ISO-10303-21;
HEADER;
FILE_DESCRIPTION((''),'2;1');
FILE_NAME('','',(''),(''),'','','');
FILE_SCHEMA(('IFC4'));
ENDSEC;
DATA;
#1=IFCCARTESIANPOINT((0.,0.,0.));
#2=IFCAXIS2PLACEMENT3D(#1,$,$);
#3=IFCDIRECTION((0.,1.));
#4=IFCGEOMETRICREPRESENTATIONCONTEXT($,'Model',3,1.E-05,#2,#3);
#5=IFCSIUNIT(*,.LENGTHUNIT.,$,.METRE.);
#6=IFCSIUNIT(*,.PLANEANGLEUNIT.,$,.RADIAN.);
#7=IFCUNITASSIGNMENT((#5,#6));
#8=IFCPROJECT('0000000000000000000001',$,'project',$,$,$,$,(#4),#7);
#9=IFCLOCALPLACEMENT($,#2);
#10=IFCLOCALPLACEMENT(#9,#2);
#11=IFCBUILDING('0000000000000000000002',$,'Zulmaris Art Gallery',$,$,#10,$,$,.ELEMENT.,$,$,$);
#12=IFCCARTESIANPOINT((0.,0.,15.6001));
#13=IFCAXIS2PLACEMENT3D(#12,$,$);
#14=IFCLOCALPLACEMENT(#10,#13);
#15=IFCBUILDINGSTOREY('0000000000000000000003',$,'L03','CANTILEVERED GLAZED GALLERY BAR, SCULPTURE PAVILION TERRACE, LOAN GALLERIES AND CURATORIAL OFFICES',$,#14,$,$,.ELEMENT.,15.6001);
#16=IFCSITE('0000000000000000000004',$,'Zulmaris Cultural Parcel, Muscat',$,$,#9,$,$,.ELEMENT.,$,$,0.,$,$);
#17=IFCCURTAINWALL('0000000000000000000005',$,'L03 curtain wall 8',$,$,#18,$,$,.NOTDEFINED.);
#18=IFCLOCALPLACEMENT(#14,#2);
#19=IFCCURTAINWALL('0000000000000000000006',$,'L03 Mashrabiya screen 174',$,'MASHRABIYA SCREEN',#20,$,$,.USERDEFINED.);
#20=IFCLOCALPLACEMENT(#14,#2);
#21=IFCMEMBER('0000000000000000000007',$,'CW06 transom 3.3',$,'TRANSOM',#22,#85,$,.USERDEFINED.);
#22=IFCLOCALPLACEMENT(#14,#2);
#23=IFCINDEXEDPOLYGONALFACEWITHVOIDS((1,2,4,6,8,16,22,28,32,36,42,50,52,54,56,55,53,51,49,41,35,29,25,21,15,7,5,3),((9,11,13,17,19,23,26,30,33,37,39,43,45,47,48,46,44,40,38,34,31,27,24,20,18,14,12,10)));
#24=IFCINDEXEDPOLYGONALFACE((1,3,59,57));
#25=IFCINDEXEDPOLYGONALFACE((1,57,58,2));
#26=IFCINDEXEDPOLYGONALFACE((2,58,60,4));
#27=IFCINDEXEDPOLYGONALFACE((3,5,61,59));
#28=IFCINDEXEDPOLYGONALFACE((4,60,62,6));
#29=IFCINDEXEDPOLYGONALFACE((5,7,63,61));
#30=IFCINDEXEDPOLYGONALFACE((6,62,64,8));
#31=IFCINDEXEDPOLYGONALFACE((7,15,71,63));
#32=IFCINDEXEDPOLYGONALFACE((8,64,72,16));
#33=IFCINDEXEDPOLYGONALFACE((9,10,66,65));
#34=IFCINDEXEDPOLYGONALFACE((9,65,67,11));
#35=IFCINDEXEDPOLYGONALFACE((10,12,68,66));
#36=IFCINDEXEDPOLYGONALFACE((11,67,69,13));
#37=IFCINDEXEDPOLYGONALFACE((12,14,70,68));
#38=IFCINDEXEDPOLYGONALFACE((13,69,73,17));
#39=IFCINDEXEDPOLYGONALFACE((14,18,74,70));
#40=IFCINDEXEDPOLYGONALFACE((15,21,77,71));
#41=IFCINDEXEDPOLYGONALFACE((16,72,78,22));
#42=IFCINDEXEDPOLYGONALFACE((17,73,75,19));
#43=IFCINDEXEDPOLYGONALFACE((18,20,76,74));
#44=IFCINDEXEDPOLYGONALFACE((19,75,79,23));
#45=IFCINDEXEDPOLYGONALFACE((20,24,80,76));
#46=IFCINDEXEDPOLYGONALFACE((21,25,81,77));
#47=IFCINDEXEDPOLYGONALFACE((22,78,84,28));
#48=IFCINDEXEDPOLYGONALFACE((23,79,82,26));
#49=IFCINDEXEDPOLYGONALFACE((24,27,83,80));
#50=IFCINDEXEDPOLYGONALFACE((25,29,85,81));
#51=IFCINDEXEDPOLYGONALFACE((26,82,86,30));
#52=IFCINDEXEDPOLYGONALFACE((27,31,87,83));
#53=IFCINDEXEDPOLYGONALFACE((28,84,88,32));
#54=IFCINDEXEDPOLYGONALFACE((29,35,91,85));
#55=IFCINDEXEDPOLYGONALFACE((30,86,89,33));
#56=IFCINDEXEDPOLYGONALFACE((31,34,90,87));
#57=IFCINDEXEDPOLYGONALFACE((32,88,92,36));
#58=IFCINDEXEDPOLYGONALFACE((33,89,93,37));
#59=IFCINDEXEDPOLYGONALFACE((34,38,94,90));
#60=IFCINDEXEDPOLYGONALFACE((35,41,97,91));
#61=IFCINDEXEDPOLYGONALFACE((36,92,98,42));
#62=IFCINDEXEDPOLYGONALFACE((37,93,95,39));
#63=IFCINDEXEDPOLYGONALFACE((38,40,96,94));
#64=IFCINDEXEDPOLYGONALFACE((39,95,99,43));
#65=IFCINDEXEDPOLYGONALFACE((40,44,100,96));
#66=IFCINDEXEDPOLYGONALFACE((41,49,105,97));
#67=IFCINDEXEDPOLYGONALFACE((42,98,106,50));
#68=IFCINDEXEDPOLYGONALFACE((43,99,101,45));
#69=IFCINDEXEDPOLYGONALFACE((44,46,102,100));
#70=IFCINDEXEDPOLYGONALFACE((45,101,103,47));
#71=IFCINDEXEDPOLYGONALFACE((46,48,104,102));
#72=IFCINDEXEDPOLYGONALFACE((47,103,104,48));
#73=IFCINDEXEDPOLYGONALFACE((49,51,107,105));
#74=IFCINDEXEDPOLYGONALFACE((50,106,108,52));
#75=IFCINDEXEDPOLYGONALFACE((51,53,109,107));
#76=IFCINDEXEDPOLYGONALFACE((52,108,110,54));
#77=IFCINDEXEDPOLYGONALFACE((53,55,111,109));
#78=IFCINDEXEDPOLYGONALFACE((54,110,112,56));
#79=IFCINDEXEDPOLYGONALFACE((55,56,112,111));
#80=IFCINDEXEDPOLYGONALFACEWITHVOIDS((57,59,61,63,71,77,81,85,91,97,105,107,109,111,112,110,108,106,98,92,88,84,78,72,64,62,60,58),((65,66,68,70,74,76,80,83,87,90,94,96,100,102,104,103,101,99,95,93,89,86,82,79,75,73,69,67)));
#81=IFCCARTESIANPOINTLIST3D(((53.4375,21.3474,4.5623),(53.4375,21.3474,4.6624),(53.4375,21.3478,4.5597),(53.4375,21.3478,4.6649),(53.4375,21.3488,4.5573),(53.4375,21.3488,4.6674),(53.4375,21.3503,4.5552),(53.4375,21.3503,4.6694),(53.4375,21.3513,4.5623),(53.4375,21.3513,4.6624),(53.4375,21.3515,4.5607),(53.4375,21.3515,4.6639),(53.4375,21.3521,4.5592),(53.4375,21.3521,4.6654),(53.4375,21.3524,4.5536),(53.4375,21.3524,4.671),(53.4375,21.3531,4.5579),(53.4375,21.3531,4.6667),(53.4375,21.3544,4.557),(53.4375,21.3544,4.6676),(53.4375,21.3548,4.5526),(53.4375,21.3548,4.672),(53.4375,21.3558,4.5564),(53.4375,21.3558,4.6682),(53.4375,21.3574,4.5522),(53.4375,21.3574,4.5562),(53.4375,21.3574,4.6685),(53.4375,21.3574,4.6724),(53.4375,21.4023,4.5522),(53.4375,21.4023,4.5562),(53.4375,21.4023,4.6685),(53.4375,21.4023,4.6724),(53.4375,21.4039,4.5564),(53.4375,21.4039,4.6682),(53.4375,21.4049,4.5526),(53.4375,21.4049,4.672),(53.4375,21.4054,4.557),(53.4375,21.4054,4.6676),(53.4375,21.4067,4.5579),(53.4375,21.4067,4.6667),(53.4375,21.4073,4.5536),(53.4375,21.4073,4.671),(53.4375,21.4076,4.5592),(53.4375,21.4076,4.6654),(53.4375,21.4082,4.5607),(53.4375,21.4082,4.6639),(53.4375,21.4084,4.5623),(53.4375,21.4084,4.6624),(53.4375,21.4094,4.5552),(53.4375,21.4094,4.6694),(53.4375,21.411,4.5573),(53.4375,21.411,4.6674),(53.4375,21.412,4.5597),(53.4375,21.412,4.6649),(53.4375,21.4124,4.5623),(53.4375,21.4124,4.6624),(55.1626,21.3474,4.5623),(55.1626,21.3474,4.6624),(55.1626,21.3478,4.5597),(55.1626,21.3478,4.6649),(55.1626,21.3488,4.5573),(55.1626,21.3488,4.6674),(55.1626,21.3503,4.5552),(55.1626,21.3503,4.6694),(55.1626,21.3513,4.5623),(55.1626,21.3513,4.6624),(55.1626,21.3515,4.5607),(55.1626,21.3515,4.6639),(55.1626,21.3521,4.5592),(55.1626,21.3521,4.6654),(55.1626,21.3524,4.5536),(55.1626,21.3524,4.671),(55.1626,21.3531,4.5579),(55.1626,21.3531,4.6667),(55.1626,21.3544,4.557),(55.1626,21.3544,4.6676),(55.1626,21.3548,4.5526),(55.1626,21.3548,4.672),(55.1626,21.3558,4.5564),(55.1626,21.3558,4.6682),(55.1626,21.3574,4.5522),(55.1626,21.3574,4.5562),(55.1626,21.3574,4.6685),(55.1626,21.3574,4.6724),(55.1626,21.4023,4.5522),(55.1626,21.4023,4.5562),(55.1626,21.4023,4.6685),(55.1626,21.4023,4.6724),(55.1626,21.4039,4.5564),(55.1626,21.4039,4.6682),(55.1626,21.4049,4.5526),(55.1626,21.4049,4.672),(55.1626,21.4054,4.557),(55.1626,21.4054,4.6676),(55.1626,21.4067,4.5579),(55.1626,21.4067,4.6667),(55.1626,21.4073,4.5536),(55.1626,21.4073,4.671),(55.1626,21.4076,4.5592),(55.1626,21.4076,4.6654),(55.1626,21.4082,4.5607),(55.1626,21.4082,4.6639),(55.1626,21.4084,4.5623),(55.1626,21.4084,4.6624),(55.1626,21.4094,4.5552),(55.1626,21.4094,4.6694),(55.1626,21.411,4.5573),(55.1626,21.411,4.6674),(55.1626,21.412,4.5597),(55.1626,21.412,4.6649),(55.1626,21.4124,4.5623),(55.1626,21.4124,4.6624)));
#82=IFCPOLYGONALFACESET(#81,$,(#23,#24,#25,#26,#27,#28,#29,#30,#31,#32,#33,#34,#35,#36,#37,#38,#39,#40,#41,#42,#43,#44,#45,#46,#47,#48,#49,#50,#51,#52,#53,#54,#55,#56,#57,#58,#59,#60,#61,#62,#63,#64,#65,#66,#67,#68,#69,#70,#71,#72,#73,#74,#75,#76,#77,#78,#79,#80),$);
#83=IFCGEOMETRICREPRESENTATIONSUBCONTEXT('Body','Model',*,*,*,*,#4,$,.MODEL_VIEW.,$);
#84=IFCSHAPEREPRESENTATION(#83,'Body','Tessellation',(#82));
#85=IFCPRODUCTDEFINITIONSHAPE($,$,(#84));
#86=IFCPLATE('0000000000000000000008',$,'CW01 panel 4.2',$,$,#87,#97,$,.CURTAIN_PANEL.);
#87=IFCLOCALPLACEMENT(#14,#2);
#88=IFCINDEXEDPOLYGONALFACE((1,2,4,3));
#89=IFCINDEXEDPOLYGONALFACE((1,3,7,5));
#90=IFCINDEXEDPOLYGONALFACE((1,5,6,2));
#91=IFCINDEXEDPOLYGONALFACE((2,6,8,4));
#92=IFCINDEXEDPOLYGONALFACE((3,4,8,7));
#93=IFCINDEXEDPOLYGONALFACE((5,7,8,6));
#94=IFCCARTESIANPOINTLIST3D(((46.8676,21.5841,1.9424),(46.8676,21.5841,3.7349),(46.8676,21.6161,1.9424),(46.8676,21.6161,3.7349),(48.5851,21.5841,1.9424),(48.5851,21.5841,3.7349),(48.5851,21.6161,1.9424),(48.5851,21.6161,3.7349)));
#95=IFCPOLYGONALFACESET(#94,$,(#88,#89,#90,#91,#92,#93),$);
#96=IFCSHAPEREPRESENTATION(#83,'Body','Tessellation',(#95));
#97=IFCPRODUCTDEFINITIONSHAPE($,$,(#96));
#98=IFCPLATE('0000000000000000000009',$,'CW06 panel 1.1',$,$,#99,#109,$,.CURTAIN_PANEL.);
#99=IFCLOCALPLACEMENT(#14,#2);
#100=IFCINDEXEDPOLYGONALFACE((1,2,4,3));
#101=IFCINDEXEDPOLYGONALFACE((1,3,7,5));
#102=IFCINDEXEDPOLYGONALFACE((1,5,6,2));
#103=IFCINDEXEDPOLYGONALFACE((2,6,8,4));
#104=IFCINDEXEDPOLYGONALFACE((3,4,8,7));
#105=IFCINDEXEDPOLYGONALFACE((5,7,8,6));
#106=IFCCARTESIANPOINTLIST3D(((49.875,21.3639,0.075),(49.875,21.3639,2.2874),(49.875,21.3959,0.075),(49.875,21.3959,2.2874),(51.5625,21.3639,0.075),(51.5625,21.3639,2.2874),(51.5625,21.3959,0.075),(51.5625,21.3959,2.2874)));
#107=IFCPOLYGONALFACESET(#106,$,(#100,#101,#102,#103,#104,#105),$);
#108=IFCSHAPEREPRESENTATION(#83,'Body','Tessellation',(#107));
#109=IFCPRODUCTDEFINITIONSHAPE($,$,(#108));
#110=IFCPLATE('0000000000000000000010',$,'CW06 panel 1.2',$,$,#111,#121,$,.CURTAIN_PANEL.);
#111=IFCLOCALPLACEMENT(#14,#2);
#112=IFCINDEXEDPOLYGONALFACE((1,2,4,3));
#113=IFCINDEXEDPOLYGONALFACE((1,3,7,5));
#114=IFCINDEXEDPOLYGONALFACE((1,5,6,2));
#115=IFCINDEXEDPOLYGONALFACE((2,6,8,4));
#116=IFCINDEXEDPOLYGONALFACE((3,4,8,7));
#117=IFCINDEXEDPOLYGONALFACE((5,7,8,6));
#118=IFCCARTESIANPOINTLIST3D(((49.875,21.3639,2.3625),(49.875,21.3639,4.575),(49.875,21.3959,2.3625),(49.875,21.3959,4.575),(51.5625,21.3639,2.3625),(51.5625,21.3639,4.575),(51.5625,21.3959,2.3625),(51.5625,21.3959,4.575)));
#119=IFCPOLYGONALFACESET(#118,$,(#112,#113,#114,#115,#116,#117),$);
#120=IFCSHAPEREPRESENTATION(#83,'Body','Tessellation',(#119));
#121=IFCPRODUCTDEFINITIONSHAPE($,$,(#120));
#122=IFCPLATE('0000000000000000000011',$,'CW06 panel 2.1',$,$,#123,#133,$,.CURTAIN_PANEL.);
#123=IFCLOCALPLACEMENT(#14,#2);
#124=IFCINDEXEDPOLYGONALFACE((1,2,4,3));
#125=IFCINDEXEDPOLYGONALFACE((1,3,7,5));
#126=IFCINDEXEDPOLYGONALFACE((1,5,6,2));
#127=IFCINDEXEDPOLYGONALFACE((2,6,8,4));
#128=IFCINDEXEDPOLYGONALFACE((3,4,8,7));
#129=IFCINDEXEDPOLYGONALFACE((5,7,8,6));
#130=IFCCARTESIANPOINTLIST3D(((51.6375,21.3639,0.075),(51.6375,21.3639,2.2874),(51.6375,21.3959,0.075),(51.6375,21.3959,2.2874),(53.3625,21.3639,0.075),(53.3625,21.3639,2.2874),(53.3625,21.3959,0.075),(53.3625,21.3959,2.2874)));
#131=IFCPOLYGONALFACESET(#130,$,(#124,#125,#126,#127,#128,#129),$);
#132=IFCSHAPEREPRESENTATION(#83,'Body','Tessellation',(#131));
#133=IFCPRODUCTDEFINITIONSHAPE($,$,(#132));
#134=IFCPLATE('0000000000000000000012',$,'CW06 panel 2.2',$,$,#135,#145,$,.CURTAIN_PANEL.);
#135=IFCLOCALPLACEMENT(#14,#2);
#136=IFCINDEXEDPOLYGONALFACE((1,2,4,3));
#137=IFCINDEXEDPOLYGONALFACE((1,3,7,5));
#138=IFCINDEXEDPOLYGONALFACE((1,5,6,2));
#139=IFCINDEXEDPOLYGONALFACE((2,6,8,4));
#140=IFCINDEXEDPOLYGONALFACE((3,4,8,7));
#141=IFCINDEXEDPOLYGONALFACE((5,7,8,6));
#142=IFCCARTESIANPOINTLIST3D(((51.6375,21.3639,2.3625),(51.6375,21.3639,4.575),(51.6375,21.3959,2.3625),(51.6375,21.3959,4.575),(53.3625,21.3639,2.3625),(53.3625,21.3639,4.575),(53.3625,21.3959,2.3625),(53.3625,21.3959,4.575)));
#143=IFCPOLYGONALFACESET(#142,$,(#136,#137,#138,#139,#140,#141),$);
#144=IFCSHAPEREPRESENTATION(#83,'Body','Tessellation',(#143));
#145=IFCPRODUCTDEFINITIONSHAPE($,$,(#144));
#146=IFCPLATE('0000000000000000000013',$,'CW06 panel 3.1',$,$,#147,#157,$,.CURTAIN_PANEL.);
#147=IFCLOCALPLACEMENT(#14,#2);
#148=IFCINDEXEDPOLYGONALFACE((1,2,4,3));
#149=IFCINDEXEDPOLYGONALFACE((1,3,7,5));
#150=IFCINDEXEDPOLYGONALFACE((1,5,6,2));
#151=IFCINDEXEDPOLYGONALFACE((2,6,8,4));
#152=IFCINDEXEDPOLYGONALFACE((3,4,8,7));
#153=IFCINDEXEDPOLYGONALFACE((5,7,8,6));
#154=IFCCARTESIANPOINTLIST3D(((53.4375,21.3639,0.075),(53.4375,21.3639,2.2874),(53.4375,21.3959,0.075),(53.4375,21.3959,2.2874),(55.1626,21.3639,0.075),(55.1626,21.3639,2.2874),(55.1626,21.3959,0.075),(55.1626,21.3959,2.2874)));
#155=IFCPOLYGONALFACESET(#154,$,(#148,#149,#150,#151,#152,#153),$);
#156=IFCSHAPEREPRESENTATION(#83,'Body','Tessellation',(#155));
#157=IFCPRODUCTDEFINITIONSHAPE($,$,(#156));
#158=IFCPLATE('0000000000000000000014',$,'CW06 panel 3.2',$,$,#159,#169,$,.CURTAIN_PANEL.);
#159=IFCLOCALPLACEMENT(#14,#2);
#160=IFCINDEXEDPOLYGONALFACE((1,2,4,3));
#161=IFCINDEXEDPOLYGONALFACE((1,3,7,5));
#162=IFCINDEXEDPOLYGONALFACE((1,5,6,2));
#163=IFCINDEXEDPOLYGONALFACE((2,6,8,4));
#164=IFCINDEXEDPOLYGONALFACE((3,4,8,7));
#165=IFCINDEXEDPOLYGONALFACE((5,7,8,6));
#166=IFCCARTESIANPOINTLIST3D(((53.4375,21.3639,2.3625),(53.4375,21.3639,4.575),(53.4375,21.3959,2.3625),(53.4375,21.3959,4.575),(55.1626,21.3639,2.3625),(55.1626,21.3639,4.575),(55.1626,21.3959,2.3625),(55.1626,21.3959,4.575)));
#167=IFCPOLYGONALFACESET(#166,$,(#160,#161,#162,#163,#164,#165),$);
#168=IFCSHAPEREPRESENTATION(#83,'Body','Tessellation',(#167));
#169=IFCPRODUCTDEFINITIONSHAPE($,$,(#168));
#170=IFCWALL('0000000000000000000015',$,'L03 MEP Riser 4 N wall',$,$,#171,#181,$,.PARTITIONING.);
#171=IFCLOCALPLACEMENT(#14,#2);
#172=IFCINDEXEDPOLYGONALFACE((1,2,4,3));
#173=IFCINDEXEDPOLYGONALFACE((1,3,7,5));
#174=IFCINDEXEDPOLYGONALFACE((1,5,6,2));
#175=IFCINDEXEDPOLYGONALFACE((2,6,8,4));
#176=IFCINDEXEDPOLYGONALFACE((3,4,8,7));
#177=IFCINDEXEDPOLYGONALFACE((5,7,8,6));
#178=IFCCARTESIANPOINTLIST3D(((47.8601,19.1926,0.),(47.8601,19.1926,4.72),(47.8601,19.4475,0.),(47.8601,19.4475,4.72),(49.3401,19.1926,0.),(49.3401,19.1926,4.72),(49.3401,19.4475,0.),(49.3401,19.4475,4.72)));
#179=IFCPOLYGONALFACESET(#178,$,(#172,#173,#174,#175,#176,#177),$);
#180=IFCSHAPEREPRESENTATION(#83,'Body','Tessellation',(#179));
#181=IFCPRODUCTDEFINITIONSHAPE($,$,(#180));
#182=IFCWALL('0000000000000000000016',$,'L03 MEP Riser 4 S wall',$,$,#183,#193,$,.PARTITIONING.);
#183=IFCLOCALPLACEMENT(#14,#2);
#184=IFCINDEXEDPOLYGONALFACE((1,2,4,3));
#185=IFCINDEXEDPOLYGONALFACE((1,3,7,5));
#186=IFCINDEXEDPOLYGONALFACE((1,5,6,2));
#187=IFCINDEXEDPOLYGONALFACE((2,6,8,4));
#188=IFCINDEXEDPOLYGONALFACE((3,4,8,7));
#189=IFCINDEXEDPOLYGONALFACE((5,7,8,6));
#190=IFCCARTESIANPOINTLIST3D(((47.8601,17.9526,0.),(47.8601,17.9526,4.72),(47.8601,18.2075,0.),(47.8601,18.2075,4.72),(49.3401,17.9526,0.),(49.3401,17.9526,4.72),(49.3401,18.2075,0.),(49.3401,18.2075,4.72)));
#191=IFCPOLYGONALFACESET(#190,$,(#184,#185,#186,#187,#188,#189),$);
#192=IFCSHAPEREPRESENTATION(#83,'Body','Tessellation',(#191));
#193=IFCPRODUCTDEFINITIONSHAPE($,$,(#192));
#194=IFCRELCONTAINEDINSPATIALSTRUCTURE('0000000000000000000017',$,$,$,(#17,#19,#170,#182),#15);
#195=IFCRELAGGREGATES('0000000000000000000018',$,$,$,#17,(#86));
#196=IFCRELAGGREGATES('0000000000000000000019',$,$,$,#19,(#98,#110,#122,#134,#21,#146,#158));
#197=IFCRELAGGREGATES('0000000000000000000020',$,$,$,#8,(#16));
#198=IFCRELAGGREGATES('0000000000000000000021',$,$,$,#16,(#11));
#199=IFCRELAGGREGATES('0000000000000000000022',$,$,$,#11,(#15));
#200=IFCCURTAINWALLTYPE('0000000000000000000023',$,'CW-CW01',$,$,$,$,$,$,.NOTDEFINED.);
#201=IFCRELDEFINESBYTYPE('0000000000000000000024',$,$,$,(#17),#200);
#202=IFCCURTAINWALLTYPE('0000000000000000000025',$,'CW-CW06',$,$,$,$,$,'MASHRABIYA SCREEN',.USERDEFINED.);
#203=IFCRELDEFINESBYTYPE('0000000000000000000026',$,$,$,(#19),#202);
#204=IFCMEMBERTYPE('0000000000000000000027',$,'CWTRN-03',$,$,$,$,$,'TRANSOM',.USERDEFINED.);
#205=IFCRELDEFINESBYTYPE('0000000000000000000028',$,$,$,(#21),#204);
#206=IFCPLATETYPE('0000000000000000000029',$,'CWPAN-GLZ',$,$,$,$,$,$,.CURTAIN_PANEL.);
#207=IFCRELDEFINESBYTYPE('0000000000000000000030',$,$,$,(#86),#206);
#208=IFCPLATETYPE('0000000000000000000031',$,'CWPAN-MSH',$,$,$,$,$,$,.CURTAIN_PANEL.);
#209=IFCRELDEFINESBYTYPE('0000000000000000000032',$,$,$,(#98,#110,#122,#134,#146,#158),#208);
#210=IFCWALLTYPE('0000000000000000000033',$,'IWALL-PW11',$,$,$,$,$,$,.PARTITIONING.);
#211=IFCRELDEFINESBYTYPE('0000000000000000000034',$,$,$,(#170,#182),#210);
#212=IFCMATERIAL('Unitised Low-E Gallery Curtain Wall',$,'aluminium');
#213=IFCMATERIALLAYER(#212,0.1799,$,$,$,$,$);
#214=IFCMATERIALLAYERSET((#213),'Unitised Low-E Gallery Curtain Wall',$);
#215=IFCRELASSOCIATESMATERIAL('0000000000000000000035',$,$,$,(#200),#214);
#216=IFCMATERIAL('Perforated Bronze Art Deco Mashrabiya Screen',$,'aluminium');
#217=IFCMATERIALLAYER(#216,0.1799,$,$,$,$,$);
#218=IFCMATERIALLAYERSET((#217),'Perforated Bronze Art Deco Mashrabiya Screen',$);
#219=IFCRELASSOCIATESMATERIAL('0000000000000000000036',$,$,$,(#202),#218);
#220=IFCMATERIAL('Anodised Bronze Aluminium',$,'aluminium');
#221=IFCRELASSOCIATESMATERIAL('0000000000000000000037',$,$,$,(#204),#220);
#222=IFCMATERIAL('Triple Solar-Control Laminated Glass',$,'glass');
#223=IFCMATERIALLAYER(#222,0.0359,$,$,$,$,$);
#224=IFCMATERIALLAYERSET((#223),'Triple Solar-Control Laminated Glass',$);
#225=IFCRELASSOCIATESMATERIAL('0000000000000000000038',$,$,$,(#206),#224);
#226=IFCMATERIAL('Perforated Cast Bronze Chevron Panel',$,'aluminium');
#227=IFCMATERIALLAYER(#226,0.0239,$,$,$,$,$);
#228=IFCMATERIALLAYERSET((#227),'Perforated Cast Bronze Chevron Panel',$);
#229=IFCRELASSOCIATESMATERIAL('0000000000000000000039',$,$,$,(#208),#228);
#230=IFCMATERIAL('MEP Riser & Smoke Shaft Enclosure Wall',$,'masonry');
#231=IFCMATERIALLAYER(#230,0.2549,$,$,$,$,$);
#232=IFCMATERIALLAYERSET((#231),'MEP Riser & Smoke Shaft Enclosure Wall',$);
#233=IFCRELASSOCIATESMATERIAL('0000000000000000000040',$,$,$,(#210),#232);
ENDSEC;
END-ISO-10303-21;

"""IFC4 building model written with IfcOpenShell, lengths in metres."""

from ifc_helpers import new_model, si_unit, direction, frame, frame_2d, origin, origin_2d, place, context, subcontext, project, spatial, rectangle, hollow_rectangle, extrude, material, layer, layer_set, material_profile, profile_set, type_object, element, aggregate, save


model = new_model("IFC4")

# Units and contexts
model_context = context("Model", 3, precision=1e-05, world=origin(), true_north=direction((0.0, 1.0)))
body_context = subcontext(model_context, "Body", "Model", "MODEL_VIEW")
ifc_project = project(units=[si_unit("LENGTHUNIT", "METRE"), si_unit("PLANEANGLEUNIT", "RADIAN")], contexts=[model_context])

# Site, building, storey
site_placement = place(None, origin())
site = spatial("IfcSite", under=ifc_project, at=site_placement, Name="Zulmaris Cultural Parcel, Muscat", CompositionType="ELEMENT", RefElevation=0.0)
building_placement = place(site_placement, origin())
building = spatial("IfcBuilding", under=site, at=building_placement, Name="Zulmaris Art Gallery", CompositionType="ELEMENT")
storey_placement = place(building_placement, frame((0.0, 0.0, 15.6001)))
storey = spatial("IfcBuildingStorey", under=building, at=storey_placement, Name="L03", Description="CANTILEVERED GLAZED GALLERY BAR, SCULPTURE PAVILION TERRACE, LOAN GALLERIES AND CURATORIAL OFFICES", CompositionType="ELEMENT", Elevation=15.6001)

# Curtain wall
ifc_material_1 = material(Name="Unitised Low-E Gallery Curtain Wall", Category="aluminium")
ifc_layer_1 = layer(ifc_material_1, 0.1799)
ifc_layer_set_1 = layer_set([ifc_layer_1], Name="Unitised Low-E Gallery Curtain Wall")
curtain_wall_type_1 = type_object("IfcCurtainWallType", Name="CW-CW01", PredefinedType="NOTDEFINED", material=ifc_layer_set_1)
curtain_wall_1_placement = place(storey_placement, origin())
curtain_wall_1 = element("IfcCurtainWall", 1, at=curtain_wall_1_placement, inside=storey, type_object=curtain_wall_type_1, Name="L03 curtain wall 8", PredefinedType="NOTDEFINED")
ifc_material_2 = material(Name="Anodised Bronze Aluminium", Category="aluminium")
ifc_material_3 = material(Name="Perforated Bronze Art Deco Mashrabiya Screen", Category="aluminium")
ifc_layer_2 = layer(ifc_material_3, 0.1799)
ifc_layer_set_2 = layer_set([ifc_layer_2], Name="Perforated Bronze Art Deco Mashrabiya Screen")
curtain_wall_type_2 = type_object("IfcCurtainWallType", Name="CW-CW06", ElementType="MASHRABIYA SCREEN", PredefinedType="USERDEFINED", material=ifc_layer_set_2)

# Curtain wall, member
curtain_wall_2_placement = place(storey_placement, origin())
curtain_wall_2 = element("IfcCurtainWall", 2, at=curtain_wall_2_placement, inside=storey, type_object=curtain_wall_type_2, Name="L03 Mashrabiya screen 174", ObjectType="MASHRABIYA SCREEN", PredefinedType="USERDEFINED")
ifc_material_profile_1 = material_profile(ifc_material_2, hollow_rectangle(XDim=0.0649, YDim=0.1201, WallThickness=0.0039, InnerFilletRadius=0.0061, OuterFilletRadius=0.01, at=origin_2d()), Name="ALU 65x120x4")
ifc_profile_set_1 = profile_set([ifc_material_profile_1], Name="Anodised Bronze Aluminium")
member_type_1 = type_object("IfcMemberType", Name="CWTRN-03", ElementType="TRANSOM", PredefinedType="USERDEFINED", material=ifc_profile_set_1)
member_1_placement = place(storey_placement, frame((53.4375, 21.3799, 4.6123), z_axis=(1.0, 0.0, 0.0), x_axis=(0.0, 1.0, 0.0)))
member_1 = element("IfcMember", 3, at=member_1_placement, type_object=member_type_1, Name="CW06 transom 3.3", ObjectType="TRANSOM", PredefinedType="USERDEFINED", context=body_context, shape_type="SweptSolid", body=[
    extrude(hollow_rectangle(XDim=0.0649, YDim=0.1201, WallThickness=0.0039, InnerFilletRadius=0.0061, OuterFilletRadius=0.01, at=origin_2d()), origin(), (0.0, 0.0, 1.0), 1.7251),
])

# Plates
ifc_material_4 = material(Name="Triple Solar-Control Laminated Glass", Category="glass")
ifc_layer_3 = layer(ifc_material_4, 0.0359)
ifc_layer_set_3 = layer_set([ifc_layer_3], Name="Triple Solar-Control Laminated Glass")
plate_type_1 = type_object("IfcPlateType", Name="CWPAN-GLZ", PredefinedType="CURTAIN_PANEL", material=ifc_layer_set_3)
plate_1_placement = place(storey_placement, frame((47.7263, 21.6001, 1.9424), z_axis=(0.0, 0.0, 1.0), x_axis=(1.0, 0.0, 0.0)))
plate_1 = element("IfcPlate", 4, at=plate_1_placement, type_object=plate_type_1, Name="CW01 panel 4.2", PredefinedType="CURTAIN_PANEL", context=body_context, shape_type="SweptSolid", body=[
    extrude(rectangle(XDim=1.7175, YDim=0.032, at=origin_2d()), origin(), (0.0, 0.0, 1.0), 1.7925),
])
aggregate(curtain_wall_1, [plate_1])
ifc_material_5 = material(Name="Perforated Cast Bronze Chevron Panel", Category="aluminium")
ifc_layer_4 = layer(ifc_material_5, 0.0239)
ifc_layer_set_4 = layer_set([ifc_layer_4], Name="Perforated Cast Bronze Chevron Panel")
plate_type_2 = type_object("IfcPlateType", Name="CWPAN-MSH", PredefinedType="CURTAIN_PANEL", material=ifc_layer_set_4)
plate_2_placement = place(storey_placement, frame((50.7188, 21.3799, 0.075), z_axis=(0.0, 0.0, 1.0), x_axis=(1.0, 0.0, 0.0)))
plate_2 = element("IfcPlate", 5, at=plate_2_placement, type_object=plate_type_2, Name="CW06 panel 1.1", PredefinedType="CURTAIN_PANEL", context=body_context, shape_type="SweptSolid", body=[
    extrude(rectangle(XDim=1.6875, YDim=0.032, at=origin_2d()), origin(), (0.0, 0.0, 1.0), 2.2124),
])
plate_3_placement = place(storey_placement, frame((50.7188, 21.3799, 2.3625), z_axis=(0.0, 0.0, 1.0), x_axis=(1.0, 0.0, 0.0)))
plate_3 = element("IfcPlate", 6, at=plate_3_placement, type_object=plate_type_2, Name="CW06 panel 1.2", PredefinedType="CURTAIN_PANEL", context=body_context, shape_type="SweptSolid", body=[
    extrude(rectangle(XDim=1.6875, YDim=0.032, at=origin_2d()), origin(), (0.0, 0.0, 1.0), 2.2124),
])
plate_4_placement = place(storey_placement, frame((52.5, 21.3799, 0.075), z_axis=(0.0, 0.0, 1.0), x_axis=(1.0, 0.0, 0.0)))
plate_4 = element("IfcPlate", 7, at=plate_4_placement, type_object=plate_type_2, Name="CW06 panel 2.1", PredefinedType="CURTAIN_PANEL", context=body_context, shape_type="SweptSolid", body=[
    extrude(rectangle(XDim=1.7251, YDim=0.032, at=origin_2d()), origin(), (0.0, 0.0, 1.0), 2.2124),
])
plate_5_placement = place(storey_placement, frame((52.5, 21.3799, 2.3625), z_axis=(0.0, 0.0, 1.0), x_axis=(1.0, 0.0, 0.0)))
plate_5 = element("IfcPlate", 8, at=plate_5_placement, type_object=plate_type_2, Name="CW06 panel 2.2", PredefinedType="CURTAIN_PANEL", context=body_context, shape_type="SweptSolid", body=[
    extrude(rectangle(XDim=1.7251, YDim=0.032, at=origin_2d()), origin(), (0.0, 0.0, 1.0), 2.2124),
])
plate_6_placement = place(storey_placement, frame((54.3, 21.3799, 0.075), z_axis=(0.0, 0.0, 1.0), x_axis=(1.0, 0.0, 0.0)))
plate_6 = element("IfcPlate", 9, at=plate_6_placement, type_object=plate_type_2, Name="CW06 panel 3.1", PredefinedType="CURTAIN_PANEL", context=body_context, shape_type="SweptSolid", body=[
    extrude(rectangle(XDim=1.7251, YDim=0.032, at=origin_2d()), origin(), (0.0, 0.0, 1.0), 2.2124),
])
plate_7_placement = place(storey_placement, frame((54.3, 21.3799, 2.3625), z_axis=(0.0, 0.0, 1.0), x_axis=(1.0, 0.0, 0.0)))
plate_7 = element("IfcPlate", 10, at=plate_7_placement, type_object=plate_type_2, Name="CW06 panel 3.2", PredefinedType="CURTAIN_PANEL", context=body_context, shape_type="SweptSolid", body=[
    extrude(rectangle(XDim=1.7251, YDim=0.032, at=origin_2d()), origin(), (0.0, 0.0, 1.0), 2.2124),
])
aggregate(curtain_wall_2, [plate_2, plate_3, plate_4, plate_5, member_1, plate_6, plate_7])

# Walls
ifc_material_6 = material(Name="MEP Riser & Smoke Shaft Enclosure Wall", Category="masonry")
ifc_layer_5 = layer(ifc_material_6, 0.2549)
ifc_layer_set_5 = layer_set([ifc_layer_5], Name="MEP Riser & Smoke Shaft Enclosure Wall")
wall_type = type_object("IfcWallType", Name="IWALL-PW11", PredefinedType="PARTITIONING", material=ifc_layer_set_5)
for number, where, z_axis, x_axis, name in (
    (11, (47.8601, 19.3201, 0.0), (0.0, 0.0, 1.0), (1.0, 0.0, 0.0), "L03 MEP Riser 4 N wall"),
    (12, (47.8601, 18.0801, 0.0), (0.0, 0.0, 1.0), (1.0, 0.0, 0.0), "L03 MEP Riser 4 S wall"),
):
    element("IfcWall", number, at=place(storey_placement, frame(where, z_axis=z_axis, x_axis=x_axis)), inside=storey, type_object=wall_type, Name=name, PredefinedType="PARTITIONING", context=body_context, shape_type="SweptSolid", body=[
        extrude(rectangle(XDim=1.48, YDim=0.2549, at=frame_2d((0.74, 0.0))), origin(), (0.0, 0.0, 1.0), 4.72),
    ])

save(model, "model.ifc")
